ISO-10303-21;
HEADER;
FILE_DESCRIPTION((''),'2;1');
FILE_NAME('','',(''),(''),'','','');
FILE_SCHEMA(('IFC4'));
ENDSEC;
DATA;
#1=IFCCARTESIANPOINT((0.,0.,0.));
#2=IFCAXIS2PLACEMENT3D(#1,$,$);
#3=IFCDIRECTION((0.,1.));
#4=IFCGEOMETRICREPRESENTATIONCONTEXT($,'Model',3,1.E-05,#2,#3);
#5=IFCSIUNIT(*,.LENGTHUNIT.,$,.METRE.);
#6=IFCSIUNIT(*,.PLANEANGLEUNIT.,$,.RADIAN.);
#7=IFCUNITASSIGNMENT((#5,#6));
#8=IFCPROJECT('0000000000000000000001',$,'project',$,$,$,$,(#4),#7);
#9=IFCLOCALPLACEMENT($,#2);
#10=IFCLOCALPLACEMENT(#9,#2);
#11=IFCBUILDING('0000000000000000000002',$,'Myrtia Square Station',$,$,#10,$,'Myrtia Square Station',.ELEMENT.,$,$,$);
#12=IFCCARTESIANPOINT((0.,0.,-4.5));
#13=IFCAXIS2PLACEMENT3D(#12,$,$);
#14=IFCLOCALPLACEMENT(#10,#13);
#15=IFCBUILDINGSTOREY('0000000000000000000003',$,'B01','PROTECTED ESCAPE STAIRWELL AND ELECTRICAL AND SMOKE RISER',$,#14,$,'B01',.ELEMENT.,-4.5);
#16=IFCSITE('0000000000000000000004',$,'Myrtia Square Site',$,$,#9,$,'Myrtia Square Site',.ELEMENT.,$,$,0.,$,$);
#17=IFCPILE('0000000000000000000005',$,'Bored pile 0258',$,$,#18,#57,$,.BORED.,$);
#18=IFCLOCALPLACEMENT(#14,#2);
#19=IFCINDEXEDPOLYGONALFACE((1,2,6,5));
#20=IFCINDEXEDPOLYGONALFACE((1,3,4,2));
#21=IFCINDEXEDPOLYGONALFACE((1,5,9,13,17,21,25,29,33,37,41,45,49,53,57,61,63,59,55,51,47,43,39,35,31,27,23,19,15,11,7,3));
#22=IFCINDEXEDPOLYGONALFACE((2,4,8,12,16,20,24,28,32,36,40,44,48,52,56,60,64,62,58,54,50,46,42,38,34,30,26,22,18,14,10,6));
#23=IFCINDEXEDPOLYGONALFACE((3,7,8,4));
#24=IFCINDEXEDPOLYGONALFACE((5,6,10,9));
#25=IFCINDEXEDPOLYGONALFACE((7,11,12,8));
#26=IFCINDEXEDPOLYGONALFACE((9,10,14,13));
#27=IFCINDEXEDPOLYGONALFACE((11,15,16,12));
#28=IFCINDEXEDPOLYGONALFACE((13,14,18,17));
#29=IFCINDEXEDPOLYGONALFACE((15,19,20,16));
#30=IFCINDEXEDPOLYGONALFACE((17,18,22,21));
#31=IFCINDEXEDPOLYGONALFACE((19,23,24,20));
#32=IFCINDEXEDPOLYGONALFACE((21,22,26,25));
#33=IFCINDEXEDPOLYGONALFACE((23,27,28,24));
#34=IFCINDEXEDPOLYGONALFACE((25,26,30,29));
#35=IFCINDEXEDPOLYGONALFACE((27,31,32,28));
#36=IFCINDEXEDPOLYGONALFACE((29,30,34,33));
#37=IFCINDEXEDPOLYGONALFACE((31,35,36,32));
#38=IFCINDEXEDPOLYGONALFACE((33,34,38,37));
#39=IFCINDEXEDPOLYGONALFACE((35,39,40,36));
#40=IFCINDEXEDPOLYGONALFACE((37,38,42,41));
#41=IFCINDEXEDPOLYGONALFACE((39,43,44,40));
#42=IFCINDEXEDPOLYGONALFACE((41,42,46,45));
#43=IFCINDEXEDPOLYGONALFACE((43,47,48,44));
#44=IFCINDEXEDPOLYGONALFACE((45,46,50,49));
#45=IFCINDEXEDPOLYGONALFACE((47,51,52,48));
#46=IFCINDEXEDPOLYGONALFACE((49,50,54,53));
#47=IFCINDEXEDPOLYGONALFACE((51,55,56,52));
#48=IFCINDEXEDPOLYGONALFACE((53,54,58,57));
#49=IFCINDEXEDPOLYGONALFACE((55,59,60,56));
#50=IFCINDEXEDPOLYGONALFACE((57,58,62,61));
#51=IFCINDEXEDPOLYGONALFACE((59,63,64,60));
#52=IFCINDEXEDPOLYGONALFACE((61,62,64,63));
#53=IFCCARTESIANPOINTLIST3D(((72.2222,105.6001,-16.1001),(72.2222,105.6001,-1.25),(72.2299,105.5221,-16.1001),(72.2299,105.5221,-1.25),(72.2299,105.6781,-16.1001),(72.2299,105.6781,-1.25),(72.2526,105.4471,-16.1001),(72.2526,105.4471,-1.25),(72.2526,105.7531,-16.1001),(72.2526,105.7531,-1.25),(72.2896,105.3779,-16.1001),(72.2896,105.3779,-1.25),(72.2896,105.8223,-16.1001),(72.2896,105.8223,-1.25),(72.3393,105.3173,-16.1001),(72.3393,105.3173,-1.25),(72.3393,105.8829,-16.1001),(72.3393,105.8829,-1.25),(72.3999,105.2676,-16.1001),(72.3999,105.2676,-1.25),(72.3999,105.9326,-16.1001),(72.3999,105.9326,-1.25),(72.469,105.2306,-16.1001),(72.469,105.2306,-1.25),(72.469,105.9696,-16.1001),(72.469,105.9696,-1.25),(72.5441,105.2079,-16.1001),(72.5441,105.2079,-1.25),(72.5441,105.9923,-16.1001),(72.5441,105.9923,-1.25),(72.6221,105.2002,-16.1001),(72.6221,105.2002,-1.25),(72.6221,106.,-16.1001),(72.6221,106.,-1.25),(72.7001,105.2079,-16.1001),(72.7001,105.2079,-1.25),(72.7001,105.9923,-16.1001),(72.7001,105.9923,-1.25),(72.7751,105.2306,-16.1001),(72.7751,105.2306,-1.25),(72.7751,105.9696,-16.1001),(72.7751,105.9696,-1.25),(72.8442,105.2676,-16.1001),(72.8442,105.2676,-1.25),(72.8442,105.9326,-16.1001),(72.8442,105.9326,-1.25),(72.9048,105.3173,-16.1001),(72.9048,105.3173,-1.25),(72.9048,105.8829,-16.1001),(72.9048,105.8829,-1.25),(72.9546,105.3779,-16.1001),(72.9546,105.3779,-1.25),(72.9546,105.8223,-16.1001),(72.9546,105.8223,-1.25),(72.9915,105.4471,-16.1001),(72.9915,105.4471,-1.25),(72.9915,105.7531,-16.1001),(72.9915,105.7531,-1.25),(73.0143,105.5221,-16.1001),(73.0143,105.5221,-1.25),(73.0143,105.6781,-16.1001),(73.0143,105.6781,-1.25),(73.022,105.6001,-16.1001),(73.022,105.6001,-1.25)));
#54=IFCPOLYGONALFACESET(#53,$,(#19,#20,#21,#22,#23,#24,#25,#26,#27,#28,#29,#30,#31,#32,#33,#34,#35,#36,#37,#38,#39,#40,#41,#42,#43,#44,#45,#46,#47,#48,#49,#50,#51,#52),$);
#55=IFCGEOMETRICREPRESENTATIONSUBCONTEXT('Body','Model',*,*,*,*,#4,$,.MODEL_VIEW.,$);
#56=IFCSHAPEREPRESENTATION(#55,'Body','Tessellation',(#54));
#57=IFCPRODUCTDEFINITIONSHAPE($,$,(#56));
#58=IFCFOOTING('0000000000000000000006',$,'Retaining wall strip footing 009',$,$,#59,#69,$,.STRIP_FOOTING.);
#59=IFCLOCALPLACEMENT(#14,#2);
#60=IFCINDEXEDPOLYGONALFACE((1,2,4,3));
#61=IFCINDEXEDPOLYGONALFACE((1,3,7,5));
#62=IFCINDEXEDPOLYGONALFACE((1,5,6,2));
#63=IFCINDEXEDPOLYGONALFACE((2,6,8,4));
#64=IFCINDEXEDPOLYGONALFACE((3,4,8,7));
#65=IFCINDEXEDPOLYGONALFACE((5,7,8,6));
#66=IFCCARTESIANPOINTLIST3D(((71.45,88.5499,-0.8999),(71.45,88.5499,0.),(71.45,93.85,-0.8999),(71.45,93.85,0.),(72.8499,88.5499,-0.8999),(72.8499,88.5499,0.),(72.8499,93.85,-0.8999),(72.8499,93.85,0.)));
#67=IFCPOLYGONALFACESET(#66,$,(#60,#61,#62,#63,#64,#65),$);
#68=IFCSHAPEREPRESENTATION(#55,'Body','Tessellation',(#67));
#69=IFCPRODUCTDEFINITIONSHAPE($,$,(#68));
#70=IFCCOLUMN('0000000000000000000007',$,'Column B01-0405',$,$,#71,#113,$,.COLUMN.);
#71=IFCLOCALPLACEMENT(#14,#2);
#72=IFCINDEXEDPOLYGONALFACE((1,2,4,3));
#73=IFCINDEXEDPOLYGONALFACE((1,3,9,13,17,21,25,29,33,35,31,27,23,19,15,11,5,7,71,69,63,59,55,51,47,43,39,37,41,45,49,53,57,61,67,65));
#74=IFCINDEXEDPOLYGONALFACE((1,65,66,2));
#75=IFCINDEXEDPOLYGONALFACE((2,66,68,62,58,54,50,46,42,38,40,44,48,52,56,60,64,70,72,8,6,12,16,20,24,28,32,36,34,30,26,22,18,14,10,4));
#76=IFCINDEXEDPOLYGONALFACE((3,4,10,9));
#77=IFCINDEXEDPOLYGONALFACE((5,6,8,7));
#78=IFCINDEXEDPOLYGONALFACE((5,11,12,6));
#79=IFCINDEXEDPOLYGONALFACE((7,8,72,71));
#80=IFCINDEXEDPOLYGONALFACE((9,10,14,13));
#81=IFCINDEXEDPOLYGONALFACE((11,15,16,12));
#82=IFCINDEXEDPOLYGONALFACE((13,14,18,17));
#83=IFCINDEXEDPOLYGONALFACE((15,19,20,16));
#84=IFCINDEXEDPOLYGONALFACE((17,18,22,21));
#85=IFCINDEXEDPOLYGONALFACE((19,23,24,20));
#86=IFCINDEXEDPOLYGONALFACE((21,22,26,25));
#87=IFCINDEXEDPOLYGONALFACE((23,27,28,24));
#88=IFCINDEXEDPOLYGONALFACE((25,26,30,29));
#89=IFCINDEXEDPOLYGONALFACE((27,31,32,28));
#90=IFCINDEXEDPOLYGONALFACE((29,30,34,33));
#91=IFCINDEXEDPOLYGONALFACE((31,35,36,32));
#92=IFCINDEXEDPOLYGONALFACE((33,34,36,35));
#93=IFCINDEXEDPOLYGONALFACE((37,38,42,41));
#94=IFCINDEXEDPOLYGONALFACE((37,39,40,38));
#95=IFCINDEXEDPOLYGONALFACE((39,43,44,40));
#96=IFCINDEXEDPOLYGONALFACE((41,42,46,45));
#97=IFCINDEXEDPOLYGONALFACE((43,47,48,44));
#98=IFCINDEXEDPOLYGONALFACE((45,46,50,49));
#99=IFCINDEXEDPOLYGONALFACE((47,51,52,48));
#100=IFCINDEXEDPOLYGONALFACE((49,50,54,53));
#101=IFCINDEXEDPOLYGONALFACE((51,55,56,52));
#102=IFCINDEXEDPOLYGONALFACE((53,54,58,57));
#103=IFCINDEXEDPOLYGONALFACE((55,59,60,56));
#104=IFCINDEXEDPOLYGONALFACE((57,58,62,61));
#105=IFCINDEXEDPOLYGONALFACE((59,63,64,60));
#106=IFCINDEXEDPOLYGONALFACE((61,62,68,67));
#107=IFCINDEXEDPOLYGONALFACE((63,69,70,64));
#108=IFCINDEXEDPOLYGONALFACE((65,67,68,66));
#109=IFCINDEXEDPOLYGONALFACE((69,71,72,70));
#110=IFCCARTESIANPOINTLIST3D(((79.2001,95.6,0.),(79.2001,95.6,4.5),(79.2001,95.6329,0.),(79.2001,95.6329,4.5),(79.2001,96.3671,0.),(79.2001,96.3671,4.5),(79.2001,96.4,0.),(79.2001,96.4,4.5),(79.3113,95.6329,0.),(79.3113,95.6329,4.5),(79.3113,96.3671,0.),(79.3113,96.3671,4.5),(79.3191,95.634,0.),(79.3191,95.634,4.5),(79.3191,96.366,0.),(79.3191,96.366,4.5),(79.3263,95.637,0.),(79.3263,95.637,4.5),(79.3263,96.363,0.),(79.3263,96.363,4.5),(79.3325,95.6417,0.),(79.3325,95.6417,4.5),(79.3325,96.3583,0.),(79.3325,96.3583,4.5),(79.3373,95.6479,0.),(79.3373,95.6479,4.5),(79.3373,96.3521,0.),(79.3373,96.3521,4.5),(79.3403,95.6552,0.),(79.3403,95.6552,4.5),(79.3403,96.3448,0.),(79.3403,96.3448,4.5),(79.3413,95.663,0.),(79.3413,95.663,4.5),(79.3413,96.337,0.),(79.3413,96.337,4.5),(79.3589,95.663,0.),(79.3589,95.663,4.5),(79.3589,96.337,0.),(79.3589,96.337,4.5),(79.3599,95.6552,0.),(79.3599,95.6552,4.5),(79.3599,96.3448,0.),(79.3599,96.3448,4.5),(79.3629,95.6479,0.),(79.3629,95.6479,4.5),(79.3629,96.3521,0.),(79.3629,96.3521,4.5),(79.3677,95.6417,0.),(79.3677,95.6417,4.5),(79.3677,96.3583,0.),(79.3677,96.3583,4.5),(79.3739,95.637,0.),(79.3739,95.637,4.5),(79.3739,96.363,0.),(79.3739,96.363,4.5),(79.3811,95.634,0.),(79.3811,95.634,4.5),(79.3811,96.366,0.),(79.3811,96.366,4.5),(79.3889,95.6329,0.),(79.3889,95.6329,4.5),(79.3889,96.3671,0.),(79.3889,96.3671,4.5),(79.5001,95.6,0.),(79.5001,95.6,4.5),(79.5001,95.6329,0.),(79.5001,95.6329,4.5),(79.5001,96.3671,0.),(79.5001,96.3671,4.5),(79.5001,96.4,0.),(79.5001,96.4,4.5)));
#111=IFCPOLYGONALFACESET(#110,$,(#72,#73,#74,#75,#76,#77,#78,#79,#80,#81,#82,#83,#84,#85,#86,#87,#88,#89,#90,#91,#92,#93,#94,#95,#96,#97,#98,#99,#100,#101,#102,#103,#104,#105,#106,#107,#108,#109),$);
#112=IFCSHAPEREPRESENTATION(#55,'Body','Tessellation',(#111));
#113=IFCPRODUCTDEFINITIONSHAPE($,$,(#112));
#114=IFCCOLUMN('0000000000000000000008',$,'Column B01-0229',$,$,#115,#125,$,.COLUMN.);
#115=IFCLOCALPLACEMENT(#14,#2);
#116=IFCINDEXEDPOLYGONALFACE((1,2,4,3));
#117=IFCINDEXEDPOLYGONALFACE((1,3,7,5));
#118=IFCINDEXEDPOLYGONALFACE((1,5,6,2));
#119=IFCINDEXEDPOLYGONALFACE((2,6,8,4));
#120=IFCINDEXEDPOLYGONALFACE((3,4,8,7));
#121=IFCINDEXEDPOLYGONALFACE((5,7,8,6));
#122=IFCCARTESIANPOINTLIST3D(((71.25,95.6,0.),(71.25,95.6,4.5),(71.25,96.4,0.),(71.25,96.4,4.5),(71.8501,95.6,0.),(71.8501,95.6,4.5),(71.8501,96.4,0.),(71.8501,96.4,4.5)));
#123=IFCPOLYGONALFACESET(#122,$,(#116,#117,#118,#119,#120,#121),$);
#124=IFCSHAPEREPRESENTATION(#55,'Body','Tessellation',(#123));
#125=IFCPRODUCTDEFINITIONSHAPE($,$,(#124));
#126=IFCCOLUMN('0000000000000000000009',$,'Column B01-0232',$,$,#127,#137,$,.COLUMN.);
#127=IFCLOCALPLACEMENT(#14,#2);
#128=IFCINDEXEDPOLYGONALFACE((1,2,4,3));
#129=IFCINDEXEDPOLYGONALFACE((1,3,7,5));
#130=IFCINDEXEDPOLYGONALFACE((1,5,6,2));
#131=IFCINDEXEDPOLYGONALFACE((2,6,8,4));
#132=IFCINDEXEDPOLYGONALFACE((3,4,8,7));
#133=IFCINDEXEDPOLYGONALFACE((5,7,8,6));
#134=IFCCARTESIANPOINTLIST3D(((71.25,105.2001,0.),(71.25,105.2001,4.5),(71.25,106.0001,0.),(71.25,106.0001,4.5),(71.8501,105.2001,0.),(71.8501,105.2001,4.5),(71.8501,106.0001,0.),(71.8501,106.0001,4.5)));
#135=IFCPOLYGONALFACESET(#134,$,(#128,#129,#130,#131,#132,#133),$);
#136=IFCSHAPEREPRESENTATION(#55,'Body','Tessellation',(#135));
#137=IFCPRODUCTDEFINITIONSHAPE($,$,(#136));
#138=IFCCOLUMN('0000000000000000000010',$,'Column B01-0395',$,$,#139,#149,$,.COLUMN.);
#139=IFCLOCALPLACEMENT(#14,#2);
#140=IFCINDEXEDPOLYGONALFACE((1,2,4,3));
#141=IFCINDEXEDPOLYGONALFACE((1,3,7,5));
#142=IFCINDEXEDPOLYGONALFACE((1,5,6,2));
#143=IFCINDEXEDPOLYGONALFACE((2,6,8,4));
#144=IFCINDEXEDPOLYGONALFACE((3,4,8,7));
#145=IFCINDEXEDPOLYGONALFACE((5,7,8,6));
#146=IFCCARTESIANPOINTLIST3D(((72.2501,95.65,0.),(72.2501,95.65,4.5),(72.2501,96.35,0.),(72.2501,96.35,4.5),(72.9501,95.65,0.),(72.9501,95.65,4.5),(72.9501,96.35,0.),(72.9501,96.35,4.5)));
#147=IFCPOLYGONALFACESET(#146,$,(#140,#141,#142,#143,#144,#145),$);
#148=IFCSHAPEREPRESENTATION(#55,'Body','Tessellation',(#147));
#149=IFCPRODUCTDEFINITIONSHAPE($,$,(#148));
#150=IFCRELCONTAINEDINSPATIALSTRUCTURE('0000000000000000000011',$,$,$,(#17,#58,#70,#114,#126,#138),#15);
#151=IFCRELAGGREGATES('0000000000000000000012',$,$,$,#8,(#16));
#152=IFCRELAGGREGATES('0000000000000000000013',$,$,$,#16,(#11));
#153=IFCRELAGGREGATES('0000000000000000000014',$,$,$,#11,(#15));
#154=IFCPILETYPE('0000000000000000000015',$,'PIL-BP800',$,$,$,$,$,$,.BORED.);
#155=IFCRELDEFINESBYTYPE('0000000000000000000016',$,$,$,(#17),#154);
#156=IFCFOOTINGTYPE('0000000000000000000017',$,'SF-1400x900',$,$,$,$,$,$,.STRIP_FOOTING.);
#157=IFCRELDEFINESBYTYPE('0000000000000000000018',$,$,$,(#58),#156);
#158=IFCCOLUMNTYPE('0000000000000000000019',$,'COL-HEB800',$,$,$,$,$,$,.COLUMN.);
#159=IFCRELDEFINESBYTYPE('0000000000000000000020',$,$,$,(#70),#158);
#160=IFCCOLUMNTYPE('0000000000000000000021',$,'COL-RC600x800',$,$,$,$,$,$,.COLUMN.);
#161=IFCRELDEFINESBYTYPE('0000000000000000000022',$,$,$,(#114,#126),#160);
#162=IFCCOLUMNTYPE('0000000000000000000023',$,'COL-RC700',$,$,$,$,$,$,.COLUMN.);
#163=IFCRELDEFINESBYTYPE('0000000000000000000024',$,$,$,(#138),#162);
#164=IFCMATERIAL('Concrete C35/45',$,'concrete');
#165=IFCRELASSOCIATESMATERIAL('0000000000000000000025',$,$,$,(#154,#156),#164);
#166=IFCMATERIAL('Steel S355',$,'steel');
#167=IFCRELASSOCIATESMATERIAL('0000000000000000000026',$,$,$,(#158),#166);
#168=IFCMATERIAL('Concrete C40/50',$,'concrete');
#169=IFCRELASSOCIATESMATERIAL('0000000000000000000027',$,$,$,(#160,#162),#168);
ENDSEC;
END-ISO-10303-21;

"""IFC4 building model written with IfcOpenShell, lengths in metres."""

from ifc_helpers import new_model, si_unit, direction, frame, origin, origin_2d, place, context, subcontext, project, spatial, rectangle, circle, i_section, extrude, material, material_profile, profile_set, type_object, element, save


model = new_model("IFC4")

# Units and contexts
model_context = context("Model", 3, precision=1e-05, world=origin(), true_north=direction((0.0, 1.0)))
body_context = subcontext(model_context, "Body", "Model", "MODEL_VIEW")
ifc_project = project(units=[si_unit("LENGTHUNIT", "METRE"), si_unit("PLANEANGLEUNIT", "RADIAN")], contexts=[model_context])

# Site, building, storey
site_placement = place(None, origin())
site = spatial("IfcSite", under=ifc_project, at=site_placement, Name="Myrtia Square Site", LongName="Myrtia Square Site", CompositionType="ELEMENT", RefElevation=0.0)
building_placement = place(site_placement, origin())
building = spatial("IfcBuilding", under=site, at=building_placement, Name="Myrtia Square Station", LongName="Myrtia Square Station", CompositionType="ELEMENT")
storey_placement = place(building_placement, frame((0.0, 0.0, -4.5)))
storey = spatial("IfcBuildingStorey", under=building, at=storey_placement, Name="B01", Description="PROTECTED ESCAPE STAIRWELL AND ELECTRICAL AND SMOKE RISER", LongName="B01", CompositionType="ELEMENT", Elevation=-4.5)

# Shared definitions
ifc_material_1 = material(Name="Concrete C35/45", Category="concrete")

# Pile
ifc_material_profile_1 = material_profile(ifc_material_1, circle(Radius=0.3999, at=origin_2d()), Name="BP D800")
ifc_profile_set_1 = profile_set([ifc_material_profile_1], Name="Concrete C35/45")
pile_type_1 = type_object("IfcPileType", Name="PIL-BP800", PredefinedType="BORED", material=ifc_profile_set_1)
for number, where, z_axis, x_axis, name in (
    (1, (72.6221, 105.6001, -1.25), (0.0, 0.0, -1.0), (1.0, 0.0, 0.0), "Bored pile 0258"),
):
    element("IfcPile", number, at=place(storey_placement, frame(where, z_axis=z_axis, x_axis=x_axis)), inside=storey, type_object=pile_type_1, Name=name, PredefinedType="BORED", context=body_context, shape_type="SweptSolid", body=[
        extrude(circle(Radius=0.3999, at=origin_2d()), origin(), (0.0, 0.0, 1.0), 14.8501),
    ])

# Footing
footing_type_1 = type_object("IfcFootingType", Name="SF-1400x900", PredefinedType="STRIP_FOOTING", material=ifc_material_1)
footing_1_placement = place(storey_placement, frame((72.1499, 91.2, -0.8999), z_axis=(0.0, 0.0, 1.0), x_axis=(1.0, 0.0, 0.0)))
element("IfcFooting", 2, at=footing_1_placement, inside=storey, type_object=footing_type_1, Name="Retaining wall strip footing 009", PredefinedType="STRIP_FOOTING", context=body_context, shape_type="SweptSolid", body=[
    extrude(rectangle(XDim=1.3999, YDim=5.3, at=origin_2d()), origin(), (0.0, 0.0, 1.0), 0.8999),
])

# Columns
ifc_material_2 = material(Name="Steel S355", Category="steel")
ifc_material_profile_2 = material_profile(ifc_material_2, i_section(OverallWidth=0.3, OverallDepth=0.8, WebThickness=0.0176, FlangeThickness=0.033, FilletRadius=0.03, at=origin_2d()), Name="HEB 800")
ifc_profile_set_2 = profile_set([ifc_material_profile_2], Name="Steel S355")
column_type_1 = type_object("IfcColumnType", Name="COL-HEB800", PredefinedType="COLUMN", material=ifc_profile_set_2)
column_1_placement = place(storey_placement, frame((79.3501, 96.0, 0.0), z_axis=(0.0, 0.0, 1.0), x_axis=(1.0, 0.0, 0.0)))
element("IfcColumn", 3, at=column_1_placement, inside=storey, type_object=column_type_1, Name="Column B01-0405", PredefinedType="COLUMN", context=body_context, shape_type="SweptSolid", body=[
    extrude(i_section(OverallWidth=0.3, OverallDepth=0.8, WebThickness=0.0176, FlangeThickness=0.033, FilletRadius=0.03, at=origin_2d()), origin(), (0.0, 0.0, 1.0), 4.5),
])
ifc_material_3 = material(Name="Concrete C40/50", Category="concrete")
ifc_material_profile_3 = material_profile(ifc_material_3, rectangle(XDim=0.6001, YDim=0.8, at=origin_2d()), Name="RC 600x800")
ifc_profile_set_3 = profile_set([ifc_material_profile_3], Name="Concrete C40/50")
column_type_2 = type_object("IfcColumnType", Name="COL-RC600x800", PredefinedType="COLUMN", material=ifc_profile_set_3)
for number, where, z_axis, x_axis, name in (
    (4, (71.55, 96.0, 0.0), (0.0, 0.0, 1.0), (1.0, 0.0, 0.0), "Column B01-0229"),
    (5, (71.55, 105.6001, 0.0), (0.0, 0.0, 1.0), (1.0, 0.0, 0.0), "Column B01-0232"),
):
    element("IfcColumn", number, at=place(storey_placement, frame(where, z_axis=z_axis, x_axis=x_axis)), inside=storey, type_object=column_type_2, Name=name, PredefinedType="COLUMN", context=body_context, shape_type="SweptSolid", body=[
        extrude(rectangle(XDim=0.6001, YDim=0.8, at=origin_2d()), origin(), (0.0, 0.0, 1.0), 4.5),
    ])
ifc_material_profile_4 = material_profile(ifc_material_3, rectangle(XDim=0.7, YDim=0.7, at=origin_2d()), Name="RC 700x700")
ifc_profile_set_4 = profile_set([ifc_material_profile_4], Name="Concrete C40/50")
column_type_3 = type_object("IfcColumnType", Name="COL-RC700", PredefinedType="COLUMN", material=ifc_profile_set_4)
column_2_placement = place(storey_placement, frame((72.6001, 96.0, 0.0), z_axis=(0.0, 0.0, 1.0), x_axis=(1.0, 0.0, 0.0)))
element("IfcColumn", 6, at=column_2_placement, inside=storey, type_object=column_type_3, Name="Column B01-0395", PredefinedType="COLUMN", context=body_context, shape_type="SweptSolid", body=[
    extrude(rectangle(XDim=0.7, YDim=0.7, at=origin_2d()), origin(), (0.0, 0.0, 1.0), 4.5),
])

save(model, "model.ifc")
